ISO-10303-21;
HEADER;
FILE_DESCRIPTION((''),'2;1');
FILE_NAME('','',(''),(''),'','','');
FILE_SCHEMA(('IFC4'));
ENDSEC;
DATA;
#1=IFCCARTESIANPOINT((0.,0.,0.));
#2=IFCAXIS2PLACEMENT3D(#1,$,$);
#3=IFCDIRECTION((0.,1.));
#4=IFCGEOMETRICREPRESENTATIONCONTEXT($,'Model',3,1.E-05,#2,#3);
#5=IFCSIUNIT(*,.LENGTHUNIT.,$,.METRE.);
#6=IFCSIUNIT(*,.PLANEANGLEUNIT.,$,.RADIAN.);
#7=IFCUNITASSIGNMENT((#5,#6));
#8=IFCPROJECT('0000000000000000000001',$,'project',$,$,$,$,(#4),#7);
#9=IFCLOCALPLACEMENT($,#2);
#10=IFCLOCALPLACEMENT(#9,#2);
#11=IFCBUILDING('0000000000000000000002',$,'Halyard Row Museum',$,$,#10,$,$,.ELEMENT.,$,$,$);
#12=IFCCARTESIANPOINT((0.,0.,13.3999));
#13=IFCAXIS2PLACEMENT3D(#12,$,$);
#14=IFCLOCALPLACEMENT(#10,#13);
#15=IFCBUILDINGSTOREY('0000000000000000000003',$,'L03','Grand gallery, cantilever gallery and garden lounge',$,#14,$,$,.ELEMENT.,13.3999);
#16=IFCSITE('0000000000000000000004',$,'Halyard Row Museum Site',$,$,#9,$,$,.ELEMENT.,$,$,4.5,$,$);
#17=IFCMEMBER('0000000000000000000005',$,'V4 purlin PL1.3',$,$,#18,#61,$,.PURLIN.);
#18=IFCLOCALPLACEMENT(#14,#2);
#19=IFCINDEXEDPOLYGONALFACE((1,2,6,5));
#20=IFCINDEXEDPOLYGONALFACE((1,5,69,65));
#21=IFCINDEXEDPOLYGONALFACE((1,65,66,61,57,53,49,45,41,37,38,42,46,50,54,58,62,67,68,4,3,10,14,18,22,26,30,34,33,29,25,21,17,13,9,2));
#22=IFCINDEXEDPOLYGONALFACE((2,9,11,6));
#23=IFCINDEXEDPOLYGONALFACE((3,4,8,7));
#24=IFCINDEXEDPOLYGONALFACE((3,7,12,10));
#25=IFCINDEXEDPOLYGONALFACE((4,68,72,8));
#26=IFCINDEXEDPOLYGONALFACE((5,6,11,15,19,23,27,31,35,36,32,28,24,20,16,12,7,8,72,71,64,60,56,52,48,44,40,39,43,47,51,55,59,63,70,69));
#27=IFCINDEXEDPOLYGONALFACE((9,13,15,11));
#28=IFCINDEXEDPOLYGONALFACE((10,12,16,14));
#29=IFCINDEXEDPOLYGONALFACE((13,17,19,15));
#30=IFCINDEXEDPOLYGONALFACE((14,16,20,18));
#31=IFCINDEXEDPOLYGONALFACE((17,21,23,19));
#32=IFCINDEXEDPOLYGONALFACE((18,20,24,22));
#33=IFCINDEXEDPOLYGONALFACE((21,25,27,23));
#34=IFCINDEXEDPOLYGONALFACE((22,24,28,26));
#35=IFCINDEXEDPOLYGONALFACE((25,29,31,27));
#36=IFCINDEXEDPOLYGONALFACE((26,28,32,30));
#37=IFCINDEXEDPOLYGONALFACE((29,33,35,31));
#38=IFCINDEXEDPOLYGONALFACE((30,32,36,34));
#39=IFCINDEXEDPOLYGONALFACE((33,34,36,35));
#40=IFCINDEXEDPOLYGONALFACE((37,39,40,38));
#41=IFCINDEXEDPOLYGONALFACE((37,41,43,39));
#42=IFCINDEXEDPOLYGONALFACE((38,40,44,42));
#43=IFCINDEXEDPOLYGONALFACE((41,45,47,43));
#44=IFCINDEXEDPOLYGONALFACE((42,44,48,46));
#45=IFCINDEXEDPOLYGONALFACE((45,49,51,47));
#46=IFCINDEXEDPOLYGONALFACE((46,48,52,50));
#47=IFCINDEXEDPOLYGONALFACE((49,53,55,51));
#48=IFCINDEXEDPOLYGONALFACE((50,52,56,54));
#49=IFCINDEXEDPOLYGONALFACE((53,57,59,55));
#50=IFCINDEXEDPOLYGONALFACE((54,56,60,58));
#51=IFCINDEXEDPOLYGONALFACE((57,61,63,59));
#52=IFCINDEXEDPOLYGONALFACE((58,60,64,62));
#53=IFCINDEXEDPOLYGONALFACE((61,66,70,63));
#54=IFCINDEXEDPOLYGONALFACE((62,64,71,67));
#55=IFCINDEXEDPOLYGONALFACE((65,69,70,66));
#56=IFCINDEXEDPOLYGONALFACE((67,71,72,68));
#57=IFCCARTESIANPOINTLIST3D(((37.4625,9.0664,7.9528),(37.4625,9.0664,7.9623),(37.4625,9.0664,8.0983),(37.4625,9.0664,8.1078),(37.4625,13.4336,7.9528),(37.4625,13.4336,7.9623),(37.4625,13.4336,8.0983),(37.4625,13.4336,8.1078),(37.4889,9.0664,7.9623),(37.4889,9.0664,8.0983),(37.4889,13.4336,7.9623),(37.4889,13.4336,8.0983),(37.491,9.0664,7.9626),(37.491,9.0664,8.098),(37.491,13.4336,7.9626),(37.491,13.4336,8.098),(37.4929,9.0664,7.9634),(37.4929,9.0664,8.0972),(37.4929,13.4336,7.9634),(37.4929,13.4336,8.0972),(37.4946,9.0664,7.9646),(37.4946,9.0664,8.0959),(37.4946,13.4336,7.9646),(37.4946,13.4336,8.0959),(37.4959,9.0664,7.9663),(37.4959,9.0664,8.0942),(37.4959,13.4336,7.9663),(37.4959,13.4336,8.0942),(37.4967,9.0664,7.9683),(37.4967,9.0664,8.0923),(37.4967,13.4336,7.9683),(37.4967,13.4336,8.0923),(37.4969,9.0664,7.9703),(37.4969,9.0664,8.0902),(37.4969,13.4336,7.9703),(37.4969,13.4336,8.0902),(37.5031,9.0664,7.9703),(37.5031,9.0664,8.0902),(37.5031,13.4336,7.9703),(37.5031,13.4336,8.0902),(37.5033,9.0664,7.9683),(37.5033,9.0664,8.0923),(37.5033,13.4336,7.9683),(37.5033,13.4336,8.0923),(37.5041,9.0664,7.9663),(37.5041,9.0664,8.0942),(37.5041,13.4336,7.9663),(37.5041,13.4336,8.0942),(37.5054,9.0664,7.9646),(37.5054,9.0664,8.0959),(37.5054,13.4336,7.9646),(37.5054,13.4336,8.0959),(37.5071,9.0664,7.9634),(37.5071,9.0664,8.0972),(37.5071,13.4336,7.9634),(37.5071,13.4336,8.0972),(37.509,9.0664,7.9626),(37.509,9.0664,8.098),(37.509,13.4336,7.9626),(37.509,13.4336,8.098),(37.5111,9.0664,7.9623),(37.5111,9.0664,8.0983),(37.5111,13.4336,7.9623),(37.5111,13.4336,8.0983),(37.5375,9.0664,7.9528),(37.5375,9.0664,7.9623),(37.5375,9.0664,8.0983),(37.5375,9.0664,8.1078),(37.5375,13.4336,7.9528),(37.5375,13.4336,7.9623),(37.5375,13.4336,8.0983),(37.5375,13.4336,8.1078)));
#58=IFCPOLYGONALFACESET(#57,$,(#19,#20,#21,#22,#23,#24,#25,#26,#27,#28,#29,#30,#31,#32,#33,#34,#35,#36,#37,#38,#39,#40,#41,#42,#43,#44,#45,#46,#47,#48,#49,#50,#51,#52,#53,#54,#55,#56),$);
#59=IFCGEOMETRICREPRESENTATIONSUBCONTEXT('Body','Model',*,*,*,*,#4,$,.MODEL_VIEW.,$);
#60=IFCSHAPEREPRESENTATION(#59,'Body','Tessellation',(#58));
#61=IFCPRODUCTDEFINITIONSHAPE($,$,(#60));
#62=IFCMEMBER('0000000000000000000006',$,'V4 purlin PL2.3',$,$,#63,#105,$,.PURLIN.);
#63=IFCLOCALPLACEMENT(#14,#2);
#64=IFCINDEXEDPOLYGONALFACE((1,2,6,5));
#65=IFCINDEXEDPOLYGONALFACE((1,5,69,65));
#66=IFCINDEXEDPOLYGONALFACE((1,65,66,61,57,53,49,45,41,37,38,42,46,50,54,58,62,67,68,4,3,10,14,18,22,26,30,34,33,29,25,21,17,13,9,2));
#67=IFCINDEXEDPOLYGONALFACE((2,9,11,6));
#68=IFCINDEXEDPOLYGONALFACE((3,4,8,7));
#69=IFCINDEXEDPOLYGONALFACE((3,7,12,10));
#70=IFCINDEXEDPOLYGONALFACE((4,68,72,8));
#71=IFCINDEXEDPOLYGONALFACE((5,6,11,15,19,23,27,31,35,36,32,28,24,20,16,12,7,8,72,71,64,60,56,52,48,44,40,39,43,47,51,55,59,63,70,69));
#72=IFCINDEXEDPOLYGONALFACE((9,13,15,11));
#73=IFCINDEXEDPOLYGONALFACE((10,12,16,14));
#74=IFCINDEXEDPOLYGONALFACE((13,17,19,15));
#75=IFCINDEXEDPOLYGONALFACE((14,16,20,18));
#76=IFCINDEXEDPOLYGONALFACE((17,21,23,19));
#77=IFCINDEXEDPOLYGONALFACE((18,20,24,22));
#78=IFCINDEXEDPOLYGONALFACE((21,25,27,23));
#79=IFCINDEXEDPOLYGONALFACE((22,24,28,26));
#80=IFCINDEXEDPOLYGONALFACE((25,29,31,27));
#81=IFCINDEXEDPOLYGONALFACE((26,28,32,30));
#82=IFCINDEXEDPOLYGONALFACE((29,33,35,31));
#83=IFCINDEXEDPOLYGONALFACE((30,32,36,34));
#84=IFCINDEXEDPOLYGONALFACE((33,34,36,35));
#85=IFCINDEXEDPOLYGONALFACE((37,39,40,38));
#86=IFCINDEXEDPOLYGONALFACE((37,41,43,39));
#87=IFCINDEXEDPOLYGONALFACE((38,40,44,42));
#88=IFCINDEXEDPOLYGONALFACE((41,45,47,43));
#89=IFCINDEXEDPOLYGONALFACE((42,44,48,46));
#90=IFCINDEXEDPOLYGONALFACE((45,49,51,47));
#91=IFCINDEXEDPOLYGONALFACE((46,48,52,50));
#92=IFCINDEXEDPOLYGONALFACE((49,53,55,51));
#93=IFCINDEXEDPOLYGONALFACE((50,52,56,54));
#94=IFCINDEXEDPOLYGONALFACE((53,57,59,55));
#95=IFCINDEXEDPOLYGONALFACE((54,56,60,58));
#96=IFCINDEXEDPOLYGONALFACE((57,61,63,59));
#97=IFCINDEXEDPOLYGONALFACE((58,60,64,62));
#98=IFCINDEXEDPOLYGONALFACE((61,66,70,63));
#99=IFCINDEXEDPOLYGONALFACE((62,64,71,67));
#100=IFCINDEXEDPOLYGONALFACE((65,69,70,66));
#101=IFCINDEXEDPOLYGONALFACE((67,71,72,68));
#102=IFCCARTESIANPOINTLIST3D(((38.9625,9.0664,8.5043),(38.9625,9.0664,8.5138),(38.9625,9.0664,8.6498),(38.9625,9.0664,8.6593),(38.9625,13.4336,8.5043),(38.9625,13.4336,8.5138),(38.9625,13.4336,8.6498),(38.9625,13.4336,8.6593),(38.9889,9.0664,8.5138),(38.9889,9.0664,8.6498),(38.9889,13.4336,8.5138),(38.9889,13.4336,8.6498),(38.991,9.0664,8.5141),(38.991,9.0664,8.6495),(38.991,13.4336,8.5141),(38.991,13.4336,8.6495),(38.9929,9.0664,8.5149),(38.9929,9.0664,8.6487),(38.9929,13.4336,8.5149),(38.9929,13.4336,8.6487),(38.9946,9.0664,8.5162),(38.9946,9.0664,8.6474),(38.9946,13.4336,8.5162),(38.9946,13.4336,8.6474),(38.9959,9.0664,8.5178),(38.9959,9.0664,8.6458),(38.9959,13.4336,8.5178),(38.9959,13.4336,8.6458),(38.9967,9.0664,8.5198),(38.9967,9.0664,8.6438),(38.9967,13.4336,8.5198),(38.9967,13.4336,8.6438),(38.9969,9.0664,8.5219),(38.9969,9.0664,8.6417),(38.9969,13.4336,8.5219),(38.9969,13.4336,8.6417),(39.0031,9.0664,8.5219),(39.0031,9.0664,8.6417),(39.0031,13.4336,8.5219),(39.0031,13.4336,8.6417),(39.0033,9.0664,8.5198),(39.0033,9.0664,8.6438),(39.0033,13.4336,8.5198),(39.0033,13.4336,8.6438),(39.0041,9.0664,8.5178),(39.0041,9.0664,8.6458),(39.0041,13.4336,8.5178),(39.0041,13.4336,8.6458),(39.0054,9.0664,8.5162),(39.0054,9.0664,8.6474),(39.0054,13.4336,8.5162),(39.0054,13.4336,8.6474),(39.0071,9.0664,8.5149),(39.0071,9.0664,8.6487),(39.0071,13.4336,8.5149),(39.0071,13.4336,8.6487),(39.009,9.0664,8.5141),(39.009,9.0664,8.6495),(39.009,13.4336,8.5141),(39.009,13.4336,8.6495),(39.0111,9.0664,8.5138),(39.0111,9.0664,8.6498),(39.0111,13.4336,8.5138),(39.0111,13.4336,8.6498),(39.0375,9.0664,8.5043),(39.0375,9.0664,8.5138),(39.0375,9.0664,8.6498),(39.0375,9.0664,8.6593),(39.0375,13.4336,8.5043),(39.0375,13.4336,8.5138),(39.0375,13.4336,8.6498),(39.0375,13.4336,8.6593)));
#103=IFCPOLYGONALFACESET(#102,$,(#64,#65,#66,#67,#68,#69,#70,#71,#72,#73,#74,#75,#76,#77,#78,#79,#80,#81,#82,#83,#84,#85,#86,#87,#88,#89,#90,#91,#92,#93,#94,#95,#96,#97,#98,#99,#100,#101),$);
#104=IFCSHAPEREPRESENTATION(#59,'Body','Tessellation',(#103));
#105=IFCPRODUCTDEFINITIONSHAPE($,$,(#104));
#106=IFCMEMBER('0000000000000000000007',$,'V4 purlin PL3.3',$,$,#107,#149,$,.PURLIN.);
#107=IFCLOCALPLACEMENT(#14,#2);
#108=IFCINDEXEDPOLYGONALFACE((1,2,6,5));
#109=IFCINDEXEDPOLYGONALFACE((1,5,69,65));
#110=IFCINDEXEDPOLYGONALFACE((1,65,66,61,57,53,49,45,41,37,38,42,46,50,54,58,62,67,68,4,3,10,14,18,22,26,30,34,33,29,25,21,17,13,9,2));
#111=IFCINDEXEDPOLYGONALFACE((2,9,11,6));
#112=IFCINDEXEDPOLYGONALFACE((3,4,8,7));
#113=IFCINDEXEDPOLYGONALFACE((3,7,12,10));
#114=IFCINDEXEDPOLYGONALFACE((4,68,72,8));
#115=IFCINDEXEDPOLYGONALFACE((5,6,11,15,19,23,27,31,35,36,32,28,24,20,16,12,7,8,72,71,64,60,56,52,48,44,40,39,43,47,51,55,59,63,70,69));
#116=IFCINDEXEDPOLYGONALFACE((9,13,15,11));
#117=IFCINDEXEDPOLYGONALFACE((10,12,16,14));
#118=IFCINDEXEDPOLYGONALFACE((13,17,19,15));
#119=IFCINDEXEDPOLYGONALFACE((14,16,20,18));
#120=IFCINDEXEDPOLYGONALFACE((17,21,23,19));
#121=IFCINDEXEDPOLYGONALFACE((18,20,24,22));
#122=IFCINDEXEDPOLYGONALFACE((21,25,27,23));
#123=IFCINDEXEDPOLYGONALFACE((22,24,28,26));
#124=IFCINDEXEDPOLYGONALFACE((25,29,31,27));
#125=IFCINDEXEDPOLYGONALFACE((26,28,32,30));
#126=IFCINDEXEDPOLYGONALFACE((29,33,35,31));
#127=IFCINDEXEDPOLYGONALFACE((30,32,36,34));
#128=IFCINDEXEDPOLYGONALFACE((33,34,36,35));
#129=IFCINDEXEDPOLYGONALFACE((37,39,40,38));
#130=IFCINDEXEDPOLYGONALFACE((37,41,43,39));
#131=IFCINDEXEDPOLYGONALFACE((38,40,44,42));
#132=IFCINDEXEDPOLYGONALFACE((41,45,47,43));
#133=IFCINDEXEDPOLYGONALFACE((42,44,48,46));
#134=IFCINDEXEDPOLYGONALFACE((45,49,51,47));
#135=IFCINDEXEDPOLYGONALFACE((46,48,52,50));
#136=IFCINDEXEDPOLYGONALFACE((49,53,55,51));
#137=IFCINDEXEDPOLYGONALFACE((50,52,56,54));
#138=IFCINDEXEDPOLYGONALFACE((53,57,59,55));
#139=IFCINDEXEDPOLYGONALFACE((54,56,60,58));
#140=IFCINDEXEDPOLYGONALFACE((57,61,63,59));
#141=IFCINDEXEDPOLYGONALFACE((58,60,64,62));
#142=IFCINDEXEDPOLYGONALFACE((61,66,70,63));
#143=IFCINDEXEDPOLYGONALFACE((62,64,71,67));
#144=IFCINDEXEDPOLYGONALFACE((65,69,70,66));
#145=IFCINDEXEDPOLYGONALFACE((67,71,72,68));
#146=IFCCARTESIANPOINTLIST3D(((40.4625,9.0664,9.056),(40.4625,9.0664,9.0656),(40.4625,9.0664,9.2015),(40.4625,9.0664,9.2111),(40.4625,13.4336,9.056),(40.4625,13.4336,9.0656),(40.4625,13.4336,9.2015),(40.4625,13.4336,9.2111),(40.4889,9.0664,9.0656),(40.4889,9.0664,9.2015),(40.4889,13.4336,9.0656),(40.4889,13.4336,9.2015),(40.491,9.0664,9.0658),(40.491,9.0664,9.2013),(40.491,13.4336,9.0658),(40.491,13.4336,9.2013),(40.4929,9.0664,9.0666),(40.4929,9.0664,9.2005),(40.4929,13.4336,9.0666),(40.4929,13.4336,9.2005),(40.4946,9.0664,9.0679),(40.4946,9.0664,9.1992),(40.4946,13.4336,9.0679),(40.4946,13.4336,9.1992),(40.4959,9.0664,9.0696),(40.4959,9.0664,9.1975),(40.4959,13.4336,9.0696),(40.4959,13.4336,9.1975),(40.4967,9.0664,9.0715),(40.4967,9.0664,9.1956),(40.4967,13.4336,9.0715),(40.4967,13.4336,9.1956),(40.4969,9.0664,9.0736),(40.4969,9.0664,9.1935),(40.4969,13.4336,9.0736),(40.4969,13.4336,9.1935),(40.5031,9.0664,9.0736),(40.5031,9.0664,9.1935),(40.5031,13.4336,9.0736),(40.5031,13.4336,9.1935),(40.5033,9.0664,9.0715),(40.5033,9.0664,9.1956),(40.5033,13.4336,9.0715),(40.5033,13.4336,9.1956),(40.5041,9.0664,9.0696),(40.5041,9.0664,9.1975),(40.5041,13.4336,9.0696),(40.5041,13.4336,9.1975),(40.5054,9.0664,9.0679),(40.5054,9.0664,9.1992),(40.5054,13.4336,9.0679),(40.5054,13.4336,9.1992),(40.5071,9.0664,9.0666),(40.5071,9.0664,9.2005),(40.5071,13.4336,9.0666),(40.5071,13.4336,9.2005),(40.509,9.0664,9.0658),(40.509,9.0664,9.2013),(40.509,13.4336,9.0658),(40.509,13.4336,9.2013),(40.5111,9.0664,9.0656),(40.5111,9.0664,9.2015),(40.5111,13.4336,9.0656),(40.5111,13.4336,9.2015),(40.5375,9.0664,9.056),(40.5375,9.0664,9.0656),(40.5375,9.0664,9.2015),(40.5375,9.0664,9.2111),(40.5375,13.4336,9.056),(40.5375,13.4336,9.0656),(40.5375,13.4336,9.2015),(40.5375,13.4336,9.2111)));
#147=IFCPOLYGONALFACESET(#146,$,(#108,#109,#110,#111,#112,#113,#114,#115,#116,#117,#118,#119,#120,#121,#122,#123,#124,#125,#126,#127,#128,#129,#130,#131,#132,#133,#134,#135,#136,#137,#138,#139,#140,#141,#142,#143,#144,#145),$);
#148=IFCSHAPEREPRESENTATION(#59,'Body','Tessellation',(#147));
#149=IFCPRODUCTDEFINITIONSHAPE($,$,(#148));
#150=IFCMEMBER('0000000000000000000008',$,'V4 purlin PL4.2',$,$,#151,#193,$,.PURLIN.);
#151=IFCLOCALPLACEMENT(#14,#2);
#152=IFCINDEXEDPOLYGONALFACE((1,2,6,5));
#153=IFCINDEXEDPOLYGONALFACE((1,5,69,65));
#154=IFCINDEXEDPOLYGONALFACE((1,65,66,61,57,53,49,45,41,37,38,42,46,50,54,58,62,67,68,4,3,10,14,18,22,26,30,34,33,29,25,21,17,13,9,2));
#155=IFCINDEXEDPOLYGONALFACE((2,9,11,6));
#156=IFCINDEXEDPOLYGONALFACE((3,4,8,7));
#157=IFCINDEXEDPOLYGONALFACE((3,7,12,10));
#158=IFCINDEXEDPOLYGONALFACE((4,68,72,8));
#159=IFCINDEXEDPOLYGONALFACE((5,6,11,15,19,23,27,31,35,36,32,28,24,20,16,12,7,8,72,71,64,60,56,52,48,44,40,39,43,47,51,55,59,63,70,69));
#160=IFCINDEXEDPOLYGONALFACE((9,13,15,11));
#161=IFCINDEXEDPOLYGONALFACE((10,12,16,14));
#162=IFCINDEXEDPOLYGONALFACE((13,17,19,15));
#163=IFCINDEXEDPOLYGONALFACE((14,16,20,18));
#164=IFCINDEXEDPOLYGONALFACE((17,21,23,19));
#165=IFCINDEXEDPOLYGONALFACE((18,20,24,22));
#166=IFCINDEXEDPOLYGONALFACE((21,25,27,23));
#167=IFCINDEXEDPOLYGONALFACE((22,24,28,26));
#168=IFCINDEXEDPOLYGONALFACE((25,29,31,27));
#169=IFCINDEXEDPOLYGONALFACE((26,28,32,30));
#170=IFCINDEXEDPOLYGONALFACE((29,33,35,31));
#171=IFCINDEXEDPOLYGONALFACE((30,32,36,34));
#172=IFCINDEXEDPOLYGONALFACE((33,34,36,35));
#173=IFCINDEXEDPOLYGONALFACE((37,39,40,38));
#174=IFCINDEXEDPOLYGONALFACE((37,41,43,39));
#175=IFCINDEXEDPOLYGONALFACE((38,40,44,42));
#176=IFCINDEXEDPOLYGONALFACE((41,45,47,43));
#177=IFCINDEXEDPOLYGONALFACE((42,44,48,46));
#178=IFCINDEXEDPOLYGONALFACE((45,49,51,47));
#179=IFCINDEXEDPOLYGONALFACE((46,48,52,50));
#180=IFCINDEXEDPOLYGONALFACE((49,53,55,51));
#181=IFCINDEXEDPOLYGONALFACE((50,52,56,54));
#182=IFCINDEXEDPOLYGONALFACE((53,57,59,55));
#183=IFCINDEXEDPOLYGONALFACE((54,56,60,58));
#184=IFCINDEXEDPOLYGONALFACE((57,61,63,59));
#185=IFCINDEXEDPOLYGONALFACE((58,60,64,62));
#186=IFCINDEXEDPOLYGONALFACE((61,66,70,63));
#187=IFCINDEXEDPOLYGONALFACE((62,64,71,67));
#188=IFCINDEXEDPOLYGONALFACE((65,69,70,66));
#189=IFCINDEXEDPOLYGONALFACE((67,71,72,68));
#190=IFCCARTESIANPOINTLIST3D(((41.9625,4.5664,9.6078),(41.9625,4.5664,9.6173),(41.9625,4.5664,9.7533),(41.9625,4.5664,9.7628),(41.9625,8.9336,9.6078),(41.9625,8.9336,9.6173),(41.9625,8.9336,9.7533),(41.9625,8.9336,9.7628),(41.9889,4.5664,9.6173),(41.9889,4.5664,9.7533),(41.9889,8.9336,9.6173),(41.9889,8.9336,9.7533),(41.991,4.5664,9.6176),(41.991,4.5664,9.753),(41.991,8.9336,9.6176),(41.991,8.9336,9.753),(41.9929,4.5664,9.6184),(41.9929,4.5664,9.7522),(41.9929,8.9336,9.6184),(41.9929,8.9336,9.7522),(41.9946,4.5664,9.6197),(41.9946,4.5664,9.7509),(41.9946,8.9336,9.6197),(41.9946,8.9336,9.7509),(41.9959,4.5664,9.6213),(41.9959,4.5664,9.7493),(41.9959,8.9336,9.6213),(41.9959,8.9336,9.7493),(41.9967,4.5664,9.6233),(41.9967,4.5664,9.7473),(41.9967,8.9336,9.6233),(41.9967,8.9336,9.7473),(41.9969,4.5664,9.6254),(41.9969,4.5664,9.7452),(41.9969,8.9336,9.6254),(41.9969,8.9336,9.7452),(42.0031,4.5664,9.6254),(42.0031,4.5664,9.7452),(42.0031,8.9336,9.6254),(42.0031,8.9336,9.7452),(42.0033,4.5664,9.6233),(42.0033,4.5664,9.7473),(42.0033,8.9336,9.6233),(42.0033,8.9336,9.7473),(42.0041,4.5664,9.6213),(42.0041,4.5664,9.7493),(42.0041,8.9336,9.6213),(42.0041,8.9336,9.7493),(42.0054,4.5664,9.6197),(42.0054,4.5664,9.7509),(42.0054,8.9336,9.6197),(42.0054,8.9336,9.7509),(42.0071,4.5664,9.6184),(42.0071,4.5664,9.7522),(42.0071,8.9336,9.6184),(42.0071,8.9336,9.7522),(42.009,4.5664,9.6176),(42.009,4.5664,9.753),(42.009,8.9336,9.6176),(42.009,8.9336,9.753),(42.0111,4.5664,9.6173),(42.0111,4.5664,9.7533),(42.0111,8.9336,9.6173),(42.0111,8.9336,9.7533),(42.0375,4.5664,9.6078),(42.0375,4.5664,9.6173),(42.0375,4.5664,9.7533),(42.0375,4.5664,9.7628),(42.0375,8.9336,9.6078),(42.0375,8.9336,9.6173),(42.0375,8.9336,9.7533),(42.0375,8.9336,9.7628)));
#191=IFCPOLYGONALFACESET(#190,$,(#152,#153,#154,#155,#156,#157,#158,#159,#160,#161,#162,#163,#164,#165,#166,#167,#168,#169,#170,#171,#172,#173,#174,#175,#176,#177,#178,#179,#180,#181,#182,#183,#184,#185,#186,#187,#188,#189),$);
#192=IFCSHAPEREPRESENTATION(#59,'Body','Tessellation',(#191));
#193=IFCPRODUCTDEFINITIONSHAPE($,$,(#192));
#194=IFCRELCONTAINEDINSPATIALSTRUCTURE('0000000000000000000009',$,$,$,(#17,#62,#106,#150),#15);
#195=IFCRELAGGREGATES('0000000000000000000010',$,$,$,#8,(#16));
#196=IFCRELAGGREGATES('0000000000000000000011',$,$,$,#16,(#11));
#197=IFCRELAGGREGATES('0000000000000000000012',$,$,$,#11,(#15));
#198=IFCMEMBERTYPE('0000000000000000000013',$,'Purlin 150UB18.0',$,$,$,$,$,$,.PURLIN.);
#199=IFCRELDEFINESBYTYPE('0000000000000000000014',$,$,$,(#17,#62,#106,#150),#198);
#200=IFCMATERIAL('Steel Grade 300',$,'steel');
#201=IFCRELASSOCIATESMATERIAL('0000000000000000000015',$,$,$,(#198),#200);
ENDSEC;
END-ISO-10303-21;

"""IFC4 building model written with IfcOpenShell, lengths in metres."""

from ifc_helpers import new_model, si_unit, direction, frame, origin, origin_2d, place, context, subcontext, project, spatial, i_section, extrude, material, material_profile, profile_set, type_object, element, save


model = new_model("IFC4")

# Units and contexts
model_context = context("Model", 3, precision=1e-05, world=origin(), true_north=direction((0.0, 1.0)))
body_context = subcontext(model_context, "Body", "Model", "MODEL_VIEW")
ifc_project = project(units=[si_unit("LENGTHUNIT", "METRE"), si_unit("PLANEANGLEUNIT", "RADIAN")], contexts=[model_context])

# Site, building, storey
site_placement = place(None, origin())
site = spatial("IfcSite", under=ifc_project, at=site_placement, Name="Halyard Row Museum Site", CompositionType="ELEMENT", RefElevation=4.5)
building_placement = place(site_placement, origin())
building = spatial("IfcBuilding", under=site, at=building_placement, Name="Halyard Row Museum", CompositionType="ELEMENT")
storey_placement = place(building_placement, frame((0.0, 0.0, 13.3999)))
storey = spatial("IfcBuildingStorey", under=building, at=storey_placement, Name="L03", Description="Grand gallery, cantilever gallery and garden lounge", CompositionType="ELEMENT", Elevation=13.3999)

# Members
ifc_material_1 = material(Name="Steel Grade 300", Category="steel")
ifc_material_profile_1 = material_profile(ifc_material_1, i_section(OverallWidth=0.075, OverallDepth=0.155, WebThickness=0.0061, FlangeThickness=0.0095, FilletRadius=0.0081, at=origin_2d()), Name="150UB18.0")
ifc_profile_set_1 = profile_set([ifc_material_profile_1], Name="Steel Grade 300")
member_type_1 = type_object("IfcMemberType", Name="Purlin 150UB18.0", PredefinedType="PURLIN", material=ifc_profile_set_1)
for number, where, z_axis, x_axis, name in (
    (1, (37.5, 9.0664, 8.0303), (0.0, 1.0, 0.0), (-1.0, 0.0, 0.0), "V4 purlin PL1.3"),
    (2, (39.0, 9.0664, 8.5818), (0.0, 1.0, 0.0), (-1.0, 0.0, 0.0), "V4 purlin PL2.3"),
    (3, (40.5, 9.0664, 9.1335), (0.0, 1.0, 0.0), (-1.0, 0.0, 0.0), "V4 purlin PL3.3"),
    (4, (42.0, 4.5664, 9.6853), (0.0, 1.0, 0.0), (-1.0, 0.0, 0.0), "V4 purlin PL4.2"),
):
    element("IfcMember", number, at=place(storey_placement, frame(where, z_axis=z_axis, x_axis=x_axis)), inside=storey, type_object=member_type_1, Name=name, PredefinedType="PURLIN", context=body_context, shape_type="SweptSolid", body=[
        extrude(i_section(OverallWidth=0.075, OverallDepth=0.155, WebThickness=0.0061, FlangeThickness=0.0095, FilletRadius=0.0081, at=origin_2d()), origin(), (0.0, 0.0, 1.0), 4.3672),
    ])

save(model, "model.ifc")
